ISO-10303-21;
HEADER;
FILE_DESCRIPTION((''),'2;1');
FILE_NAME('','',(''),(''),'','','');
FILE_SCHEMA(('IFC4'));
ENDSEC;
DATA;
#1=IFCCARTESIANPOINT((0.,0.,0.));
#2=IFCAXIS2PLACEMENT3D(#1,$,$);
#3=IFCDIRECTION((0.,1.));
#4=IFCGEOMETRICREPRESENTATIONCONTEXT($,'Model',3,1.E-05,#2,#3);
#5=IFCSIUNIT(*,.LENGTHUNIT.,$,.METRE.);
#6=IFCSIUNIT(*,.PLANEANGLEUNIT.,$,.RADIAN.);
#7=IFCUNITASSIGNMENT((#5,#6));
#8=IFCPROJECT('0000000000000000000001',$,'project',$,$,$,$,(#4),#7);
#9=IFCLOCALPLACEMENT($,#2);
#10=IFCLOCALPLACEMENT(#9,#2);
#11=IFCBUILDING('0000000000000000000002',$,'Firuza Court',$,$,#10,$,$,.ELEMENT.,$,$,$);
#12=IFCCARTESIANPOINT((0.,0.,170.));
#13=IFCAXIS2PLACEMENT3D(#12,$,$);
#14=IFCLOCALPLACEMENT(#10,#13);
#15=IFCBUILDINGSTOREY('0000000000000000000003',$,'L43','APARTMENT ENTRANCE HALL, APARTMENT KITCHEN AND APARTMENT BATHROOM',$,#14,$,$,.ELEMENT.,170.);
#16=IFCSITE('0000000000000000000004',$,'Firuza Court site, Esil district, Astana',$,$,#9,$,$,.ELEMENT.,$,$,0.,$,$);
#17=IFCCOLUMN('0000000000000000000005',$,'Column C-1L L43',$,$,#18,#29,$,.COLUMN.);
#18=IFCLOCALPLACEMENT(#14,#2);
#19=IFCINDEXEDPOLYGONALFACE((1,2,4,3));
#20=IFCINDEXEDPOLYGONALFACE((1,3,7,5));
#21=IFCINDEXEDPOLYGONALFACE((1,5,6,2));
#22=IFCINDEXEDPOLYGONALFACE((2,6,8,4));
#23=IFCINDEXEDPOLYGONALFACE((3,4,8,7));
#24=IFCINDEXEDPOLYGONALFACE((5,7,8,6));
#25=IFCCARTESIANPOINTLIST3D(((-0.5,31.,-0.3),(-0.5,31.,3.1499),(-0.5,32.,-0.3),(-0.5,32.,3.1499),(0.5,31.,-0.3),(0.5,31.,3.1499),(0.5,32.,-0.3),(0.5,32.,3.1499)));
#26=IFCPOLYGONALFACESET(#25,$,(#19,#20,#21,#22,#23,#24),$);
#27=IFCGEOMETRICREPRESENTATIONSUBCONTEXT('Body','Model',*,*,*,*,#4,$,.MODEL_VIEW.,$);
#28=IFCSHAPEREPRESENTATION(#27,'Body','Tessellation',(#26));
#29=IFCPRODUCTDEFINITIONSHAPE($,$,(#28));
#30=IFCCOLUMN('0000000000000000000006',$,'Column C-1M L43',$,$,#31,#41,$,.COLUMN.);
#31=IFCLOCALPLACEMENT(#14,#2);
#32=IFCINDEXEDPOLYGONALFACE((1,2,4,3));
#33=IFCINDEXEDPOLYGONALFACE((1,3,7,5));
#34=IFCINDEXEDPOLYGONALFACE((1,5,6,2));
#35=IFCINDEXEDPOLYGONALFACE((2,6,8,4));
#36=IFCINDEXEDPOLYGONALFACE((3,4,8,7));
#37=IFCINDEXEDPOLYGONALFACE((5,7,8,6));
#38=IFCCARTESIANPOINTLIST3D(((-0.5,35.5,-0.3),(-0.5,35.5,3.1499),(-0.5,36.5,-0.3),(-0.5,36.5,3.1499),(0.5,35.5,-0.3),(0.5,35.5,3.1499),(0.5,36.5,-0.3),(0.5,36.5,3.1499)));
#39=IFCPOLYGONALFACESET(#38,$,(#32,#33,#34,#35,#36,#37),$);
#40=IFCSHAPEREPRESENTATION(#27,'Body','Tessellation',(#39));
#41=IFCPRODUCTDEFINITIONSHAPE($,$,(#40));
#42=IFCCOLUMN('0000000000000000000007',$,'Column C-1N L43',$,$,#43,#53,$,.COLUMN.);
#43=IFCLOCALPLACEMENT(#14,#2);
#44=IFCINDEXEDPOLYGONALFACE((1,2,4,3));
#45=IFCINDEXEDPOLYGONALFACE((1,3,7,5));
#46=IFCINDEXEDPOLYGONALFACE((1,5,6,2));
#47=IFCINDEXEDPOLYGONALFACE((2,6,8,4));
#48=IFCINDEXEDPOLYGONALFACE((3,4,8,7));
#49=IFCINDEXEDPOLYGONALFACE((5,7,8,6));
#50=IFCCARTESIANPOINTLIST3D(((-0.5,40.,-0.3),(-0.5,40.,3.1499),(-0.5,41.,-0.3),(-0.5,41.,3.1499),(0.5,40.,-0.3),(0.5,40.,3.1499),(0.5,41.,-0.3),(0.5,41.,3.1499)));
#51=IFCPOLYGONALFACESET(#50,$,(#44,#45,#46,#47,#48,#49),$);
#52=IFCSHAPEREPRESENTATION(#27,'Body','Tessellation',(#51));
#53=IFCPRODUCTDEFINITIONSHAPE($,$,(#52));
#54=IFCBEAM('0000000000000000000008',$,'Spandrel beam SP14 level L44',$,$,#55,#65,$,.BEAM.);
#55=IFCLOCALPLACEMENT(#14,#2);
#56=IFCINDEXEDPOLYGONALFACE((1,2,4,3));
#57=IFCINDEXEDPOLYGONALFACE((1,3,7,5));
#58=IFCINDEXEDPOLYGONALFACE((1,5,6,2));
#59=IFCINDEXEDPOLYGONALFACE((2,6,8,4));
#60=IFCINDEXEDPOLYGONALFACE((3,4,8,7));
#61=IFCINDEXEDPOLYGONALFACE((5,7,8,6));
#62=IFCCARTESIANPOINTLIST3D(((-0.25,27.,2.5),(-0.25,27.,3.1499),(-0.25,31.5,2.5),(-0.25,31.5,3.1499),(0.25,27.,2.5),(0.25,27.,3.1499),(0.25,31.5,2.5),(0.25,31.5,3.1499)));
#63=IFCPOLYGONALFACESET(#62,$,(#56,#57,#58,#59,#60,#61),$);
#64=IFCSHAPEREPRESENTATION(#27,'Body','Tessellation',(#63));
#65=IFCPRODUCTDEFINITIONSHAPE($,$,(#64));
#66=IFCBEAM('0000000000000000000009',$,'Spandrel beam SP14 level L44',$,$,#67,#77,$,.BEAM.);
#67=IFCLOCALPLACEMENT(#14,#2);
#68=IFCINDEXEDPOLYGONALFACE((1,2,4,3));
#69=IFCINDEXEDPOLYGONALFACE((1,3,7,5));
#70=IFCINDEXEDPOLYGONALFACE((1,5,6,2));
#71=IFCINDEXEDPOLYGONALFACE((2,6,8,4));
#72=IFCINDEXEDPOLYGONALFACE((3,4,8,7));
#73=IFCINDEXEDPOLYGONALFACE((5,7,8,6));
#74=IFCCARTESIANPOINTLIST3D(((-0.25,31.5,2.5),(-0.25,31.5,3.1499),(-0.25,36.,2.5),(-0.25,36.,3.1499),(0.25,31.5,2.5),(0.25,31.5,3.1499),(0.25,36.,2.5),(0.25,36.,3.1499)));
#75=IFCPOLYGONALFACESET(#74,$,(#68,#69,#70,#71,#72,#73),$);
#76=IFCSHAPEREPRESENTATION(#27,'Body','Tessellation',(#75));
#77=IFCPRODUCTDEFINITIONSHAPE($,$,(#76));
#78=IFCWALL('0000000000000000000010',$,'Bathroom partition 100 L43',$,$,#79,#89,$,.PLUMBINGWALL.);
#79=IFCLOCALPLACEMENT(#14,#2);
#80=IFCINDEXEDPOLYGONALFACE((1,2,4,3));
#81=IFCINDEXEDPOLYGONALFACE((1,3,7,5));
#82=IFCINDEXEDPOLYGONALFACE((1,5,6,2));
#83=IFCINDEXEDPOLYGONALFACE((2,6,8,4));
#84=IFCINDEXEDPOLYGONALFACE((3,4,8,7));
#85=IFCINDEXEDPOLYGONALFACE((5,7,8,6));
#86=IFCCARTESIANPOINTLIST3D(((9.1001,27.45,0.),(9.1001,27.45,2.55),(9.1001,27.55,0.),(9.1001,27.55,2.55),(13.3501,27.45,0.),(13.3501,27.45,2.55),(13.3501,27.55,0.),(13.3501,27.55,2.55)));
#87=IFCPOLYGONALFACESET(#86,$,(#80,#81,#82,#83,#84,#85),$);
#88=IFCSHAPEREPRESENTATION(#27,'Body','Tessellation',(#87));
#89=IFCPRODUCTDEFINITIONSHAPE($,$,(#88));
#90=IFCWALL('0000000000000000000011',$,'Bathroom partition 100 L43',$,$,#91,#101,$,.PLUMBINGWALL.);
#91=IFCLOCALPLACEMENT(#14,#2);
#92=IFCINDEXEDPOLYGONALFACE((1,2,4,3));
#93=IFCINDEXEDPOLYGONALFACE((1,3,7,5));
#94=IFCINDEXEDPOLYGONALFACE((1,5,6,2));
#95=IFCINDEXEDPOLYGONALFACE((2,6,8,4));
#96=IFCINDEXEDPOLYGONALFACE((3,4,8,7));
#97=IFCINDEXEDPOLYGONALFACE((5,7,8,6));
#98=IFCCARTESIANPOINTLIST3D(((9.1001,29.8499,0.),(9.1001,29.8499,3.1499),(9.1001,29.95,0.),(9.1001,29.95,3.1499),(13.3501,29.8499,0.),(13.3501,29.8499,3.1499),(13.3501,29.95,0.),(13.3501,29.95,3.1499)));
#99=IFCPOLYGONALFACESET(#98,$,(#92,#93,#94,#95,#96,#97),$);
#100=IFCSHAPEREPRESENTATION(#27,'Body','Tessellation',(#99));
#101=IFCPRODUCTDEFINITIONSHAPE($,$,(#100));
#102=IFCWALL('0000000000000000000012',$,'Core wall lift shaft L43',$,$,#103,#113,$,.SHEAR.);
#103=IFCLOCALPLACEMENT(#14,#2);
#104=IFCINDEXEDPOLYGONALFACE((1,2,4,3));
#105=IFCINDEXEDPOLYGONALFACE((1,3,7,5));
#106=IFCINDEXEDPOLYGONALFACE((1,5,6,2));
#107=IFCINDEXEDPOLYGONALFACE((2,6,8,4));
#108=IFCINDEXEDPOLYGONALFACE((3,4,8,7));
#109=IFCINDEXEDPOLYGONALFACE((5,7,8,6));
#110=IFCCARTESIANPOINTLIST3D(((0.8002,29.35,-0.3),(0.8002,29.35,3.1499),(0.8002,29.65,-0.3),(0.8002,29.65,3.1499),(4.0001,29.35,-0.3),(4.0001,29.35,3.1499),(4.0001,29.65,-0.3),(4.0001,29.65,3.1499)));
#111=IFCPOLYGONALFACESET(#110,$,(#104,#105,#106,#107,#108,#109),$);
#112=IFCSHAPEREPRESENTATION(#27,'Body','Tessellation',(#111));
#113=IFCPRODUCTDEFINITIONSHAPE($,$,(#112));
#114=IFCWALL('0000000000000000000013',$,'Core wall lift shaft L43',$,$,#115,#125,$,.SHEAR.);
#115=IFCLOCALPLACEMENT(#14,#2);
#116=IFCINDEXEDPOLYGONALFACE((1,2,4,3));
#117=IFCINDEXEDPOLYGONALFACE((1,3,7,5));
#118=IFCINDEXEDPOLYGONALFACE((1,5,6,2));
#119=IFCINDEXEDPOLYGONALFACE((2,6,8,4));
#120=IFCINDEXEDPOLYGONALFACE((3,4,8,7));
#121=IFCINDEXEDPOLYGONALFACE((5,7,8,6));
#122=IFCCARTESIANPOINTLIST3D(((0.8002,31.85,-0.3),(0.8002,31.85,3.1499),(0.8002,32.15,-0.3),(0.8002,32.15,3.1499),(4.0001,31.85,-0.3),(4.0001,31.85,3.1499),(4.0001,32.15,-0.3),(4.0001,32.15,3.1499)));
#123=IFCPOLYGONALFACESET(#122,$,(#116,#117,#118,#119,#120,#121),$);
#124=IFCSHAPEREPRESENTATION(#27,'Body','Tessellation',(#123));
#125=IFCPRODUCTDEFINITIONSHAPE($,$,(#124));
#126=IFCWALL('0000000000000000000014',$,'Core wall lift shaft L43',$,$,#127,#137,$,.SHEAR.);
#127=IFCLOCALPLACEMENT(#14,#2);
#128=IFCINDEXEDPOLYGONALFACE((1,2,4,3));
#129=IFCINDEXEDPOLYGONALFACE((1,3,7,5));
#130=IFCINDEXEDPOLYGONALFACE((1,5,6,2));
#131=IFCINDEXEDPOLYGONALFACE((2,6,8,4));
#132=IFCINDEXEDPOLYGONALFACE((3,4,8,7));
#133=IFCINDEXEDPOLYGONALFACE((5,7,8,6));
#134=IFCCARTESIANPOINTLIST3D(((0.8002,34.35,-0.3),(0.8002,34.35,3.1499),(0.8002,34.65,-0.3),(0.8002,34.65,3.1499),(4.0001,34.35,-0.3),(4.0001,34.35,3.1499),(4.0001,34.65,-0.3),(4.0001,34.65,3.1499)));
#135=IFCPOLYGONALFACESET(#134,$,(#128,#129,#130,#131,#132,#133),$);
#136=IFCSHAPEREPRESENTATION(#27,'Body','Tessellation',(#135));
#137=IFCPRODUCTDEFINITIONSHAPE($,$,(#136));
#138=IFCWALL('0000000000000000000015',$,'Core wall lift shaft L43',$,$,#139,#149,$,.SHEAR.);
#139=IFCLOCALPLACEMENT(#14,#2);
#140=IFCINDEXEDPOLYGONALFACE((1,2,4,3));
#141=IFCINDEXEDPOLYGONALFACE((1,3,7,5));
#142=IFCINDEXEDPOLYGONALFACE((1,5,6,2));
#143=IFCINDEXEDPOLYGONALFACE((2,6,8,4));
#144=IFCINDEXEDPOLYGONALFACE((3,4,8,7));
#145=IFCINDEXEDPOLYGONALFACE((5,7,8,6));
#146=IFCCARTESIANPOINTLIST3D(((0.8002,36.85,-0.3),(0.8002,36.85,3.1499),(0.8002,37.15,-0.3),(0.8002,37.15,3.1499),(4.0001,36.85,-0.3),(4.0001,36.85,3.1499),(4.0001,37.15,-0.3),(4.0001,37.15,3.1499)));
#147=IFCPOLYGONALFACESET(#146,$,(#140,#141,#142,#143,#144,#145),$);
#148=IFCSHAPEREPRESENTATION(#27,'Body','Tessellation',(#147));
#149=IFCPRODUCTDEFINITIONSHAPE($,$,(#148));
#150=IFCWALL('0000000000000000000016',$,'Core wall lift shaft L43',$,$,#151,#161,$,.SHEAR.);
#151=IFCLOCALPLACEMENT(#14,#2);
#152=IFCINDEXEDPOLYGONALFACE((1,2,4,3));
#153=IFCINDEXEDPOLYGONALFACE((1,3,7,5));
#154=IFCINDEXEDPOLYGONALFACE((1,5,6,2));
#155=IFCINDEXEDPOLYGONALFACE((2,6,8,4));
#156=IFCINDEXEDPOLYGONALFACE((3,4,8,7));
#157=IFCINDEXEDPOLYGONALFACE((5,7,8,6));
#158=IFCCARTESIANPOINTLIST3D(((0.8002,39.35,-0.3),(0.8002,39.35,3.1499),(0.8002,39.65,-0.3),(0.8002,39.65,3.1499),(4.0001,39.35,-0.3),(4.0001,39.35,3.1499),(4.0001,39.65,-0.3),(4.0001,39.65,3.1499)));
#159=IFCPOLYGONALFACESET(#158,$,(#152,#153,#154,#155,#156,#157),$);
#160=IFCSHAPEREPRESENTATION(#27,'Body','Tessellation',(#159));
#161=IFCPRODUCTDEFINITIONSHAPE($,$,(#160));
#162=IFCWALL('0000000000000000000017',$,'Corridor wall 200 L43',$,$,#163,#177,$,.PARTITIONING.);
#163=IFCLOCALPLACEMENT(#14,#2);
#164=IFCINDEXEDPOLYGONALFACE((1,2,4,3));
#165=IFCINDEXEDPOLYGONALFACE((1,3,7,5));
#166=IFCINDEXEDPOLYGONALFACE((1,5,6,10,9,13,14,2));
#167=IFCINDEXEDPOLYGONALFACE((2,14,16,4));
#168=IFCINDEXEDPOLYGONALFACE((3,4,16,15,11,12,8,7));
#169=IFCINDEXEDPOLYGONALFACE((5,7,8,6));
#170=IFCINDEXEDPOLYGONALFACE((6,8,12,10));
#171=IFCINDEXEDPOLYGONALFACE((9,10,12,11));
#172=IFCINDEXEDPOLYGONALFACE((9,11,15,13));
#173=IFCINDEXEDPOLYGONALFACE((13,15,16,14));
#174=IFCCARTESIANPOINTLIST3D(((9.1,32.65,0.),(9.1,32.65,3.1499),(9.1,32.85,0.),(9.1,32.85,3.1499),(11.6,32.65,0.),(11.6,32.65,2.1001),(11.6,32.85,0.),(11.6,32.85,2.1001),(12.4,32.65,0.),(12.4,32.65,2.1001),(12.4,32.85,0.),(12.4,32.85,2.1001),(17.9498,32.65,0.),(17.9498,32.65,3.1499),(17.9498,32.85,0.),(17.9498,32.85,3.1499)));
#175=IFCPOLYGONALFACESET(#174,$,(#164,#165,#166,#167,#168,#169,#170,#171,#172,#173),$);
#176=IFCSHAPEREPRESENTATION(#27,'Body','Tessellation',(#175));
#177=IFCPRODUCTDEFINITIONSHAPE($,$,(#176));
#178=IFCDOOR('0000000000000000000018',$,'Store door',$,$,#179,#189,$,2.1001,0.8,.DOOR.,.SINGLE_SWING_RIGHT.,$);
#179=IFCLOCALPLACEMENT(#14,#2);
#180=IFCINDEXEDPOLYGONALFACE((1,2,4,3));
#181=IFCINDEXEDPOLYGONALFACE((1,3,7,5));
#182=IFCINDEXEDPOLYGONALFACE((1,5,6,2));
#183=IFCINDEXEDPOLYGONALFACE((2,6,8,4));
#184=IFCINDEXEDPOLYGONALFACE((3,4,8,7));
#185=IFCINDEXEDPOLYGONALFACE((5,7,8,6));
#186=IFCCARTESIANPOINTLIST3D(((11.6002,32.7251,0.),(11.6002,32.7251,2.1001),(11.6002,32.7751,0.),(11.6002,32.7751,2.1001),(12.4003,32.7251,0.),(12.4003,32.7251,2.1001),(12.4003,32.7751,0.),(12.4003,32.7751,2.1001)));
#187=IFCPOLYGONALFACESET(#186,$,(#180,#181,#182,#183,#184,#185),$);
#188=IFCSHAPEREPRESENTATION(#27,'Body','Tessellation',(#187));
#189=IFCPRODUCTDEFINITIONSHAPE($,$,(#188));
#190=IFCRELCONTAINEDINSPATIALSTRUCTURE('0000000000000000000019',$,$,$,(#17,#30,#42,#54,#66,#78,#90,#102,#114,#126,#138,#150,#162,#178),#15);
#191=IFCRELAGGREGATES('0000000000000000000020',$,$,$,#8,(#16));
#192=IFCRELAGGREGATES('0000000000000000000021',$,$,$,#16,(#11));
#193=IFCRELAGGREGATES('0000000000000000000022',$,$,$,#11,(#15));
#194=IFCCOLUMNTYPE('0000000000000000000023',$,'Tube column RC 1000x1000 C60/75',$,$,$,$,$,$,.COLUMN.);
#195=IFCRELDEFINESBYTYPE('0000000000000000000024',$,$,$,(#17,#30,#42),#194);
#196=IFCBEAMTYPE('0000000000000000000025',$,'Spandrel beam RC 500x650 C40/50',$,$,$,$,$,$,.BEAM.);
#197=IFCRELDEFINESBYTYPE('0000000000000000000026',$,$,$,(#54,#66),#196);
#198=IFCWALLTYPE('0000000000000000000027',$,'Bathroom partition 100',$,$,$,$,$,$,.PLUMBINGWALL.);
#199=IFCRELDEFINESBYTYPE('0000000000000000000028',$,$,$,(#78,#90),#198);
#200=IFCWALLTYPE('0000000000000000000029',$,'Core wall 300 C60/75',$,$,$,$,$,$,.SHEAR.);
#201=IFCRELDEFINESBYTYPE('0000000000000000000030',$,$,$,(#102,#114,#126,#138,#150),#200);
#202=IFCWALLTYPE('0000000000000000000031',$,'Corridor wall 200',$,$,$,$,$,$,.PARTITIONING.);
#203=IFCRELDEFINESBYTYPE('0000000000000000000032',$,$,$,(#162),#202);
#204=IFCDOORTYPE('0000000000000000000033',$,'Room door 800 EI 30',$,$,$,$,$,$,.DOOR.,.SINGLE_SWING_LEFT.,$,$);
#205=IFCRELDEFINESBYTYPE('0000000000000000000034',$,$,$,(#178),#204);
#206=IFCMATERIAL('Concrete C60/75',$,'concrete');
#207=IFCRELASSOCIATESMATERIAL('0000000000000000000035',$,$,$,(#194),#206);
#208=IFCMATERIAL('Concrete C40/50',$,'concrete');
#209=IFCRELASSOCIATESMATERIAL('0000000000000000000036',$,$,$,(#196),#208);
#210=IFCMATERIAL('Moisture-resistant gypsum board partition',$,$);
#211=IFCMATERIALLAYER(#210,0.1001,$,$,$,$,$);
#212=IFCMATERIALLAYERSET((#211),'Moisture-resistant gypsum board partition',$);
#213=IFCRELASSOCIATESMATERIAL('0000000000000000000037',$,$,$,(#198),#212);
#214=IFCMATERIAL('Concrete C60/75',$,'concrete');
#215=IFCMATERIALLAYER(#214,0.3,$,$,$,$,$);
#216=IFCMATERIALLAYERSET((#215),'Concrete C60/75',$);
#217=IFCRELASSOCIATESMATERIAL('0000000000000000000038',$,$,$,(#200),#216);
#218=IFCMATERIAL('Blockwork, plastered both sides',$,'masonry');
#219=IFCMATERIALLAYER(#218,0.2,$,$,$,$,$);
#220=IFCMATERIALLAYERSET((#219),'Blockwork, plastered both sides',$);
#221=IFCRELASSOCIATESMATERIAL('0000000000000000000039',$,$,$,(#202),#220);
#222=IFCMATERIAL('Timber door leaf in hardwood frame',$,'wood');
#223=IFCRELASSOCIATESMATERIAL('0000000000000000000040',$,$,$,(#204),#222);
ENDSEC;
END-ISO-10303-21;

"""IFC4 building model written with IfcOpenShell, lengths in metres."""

from ifc_helpers import new_model, si_unit, direction, frame, frame_2d, origin, origin_2d, place, context, subcontext, project, spatial, rectangle, extrude, material, layer, layer_set, material_profile, profile_set, type_object, element, fill, save


model = new_model("IFC4")

# Units and contexts
model_context = context("Model", 3, precision=1e-05, world=origin(), true_north=direction((0.0, 1.0)))
body_context = subcontext(model_context, "Body", "Model", "MODEL_VIEW")
ifc_project = project(units=[si_unit("LENGTHUNIT", "METRE"), si_unit("PLANEANGLEUNIT", "RADIAN")], contexts=[model_context])

# Site, building, storey
site_placement = place(None, origin())
site = spatial("IfcSite", under=ifc_project, at=site_placement, Name="Firuza Court site, Esil district, Astana", CompositionType="ELEMENT", RefElevation=0.0)
building_placement = place(site_placement, origin())
building = spatial("IfcBuilding", under=site, at=building_placement, Name="Firuza Court", CompositionType="ELEMENT")
storey_placement = place(building_placement, frame((0.0, 0.0, 170.0)))
storey = spatial("IfcBuildingStorey", under=building, at=storey_placement, Name="L43", Description="APARTMENT ENTRANCE HALL, APARTMENT KITCHEN AND APARTMENT BATHROOM", CompositionType="ELEMENT", Elevation=170.0)

# Columns
ifc_material_1 = material(Name="Concrete C60/75", Category="concrete")
ifc_material_profile_1 = material_profile(ifc_material_1, rectangle(XDim=1.0, YDim=1.0, at=origin_2d()), Name="RC 1000x1000")
ifc_profile_set_1 = profile_set([ifc_material_profile_1], Name="Concrete C60/75")
column_type = type_object("IfcColumnType", Name="Tube column RC 1000x1000 C60/75", PredefinedType="COLUMN", material=ifc_profile_set_1)
for number, where, z_axis, x_axis, name in (
    (1, (0.0, 31.5, -0.3), (0.0, 0.0, 1.0), (1.0, 0.0, 0.0), "Column C-1L L43"),
    (2, (0.0, 36.0, -0.3), (0.0, 0.0, 1.0), (1.0, 0.0, 0.0), "Column C-1M L43"),
    (3, (0.0, 40.5, -0.3), (0.0, 0.0, 1.0), (1.0, 0.0, 0.0), "Column C-1N L43"),
):
    element("IfcColumn", number, at=place(storey_placement, frame(where, z_axis=z_axis, x_axis=x_axis)), inside=storey, type_object=column_type, Name=name, PredefinedType="COLUMN", context=body_context, shape_type="SweptSolid", body=[
        extrude(rectangle(XDim=1.0, YDim=1.0, at=origin_2d()), origin(), (0.0, 0.0, 1.0), 3.45),
    ])

# Beams
ifc_material_2 = material(Name="Concrete C40/50", Category="concrete")
ifc_material_profile_2 = material_profile(ifc_material_2, rectangle(XDim=0.5, YDim=0.6499, at=origin_2d()), Name="RC 500x650")
ifc_profile_set_2 = profile_set([ifc_material_profile_2], Name="Concrete C40/50")
beam_type = type_object("IfcBeamType", Name="Spandrel beam RC 500x650 C40/50", PredefinedType="BEAM", material=ifc_profile_set_2)
for number, where, z_axis, x_axis, name in (
    (4, (0.0, 31.5, 2.825), (0.0, -1.0, 0.0), (1.0, 0.0, 0.0), "Spandrel beam SP14 level L44"),
    (5, (0.0, 36.0, 2.825), (0.0, -1.0, 0.0), (1.0, 0.0, 0.0), "Spandrel beam SP14 level L44"),
):
    element("IfcBeam", number, at=place(storey_placement, frame(where, z_axis=z_axis, x_axis=x_axis)), inside=storey, type_object=beam_type, Name=name, PredefinedType="BEAM", context=body_context, shape_type="SweptSolid", body=[
        extrude(rectangle(XDim=0.5, YDim=0.6499, at=origin_2d()), origin(), (0.0, 0.0, 1.0), 4.5),
    ])

# Walls
ifc_material_3 = material(Name="Moisture-resistant gypsum board partition")
ifc_layer_1 = layer(ifc_material_3, 0.1001)
ifc_layer_set_1 = layer_set([ifc_layer_1], Name="Moisture-resistant gypsum board partition")
wall_type_1 = type_object("IfcWallType", Name="Bathroom partition 100", PredefinedType="PLUMBINGWALL", material=ifc_layer_set_1)
wall_1_placement = place(storey_placement, frame((9.1001, 27.5, 0.0), z_axis=(0.0, 0.0, 1.0), x_axis=(1.0, 0.0, 0.0)))
element("IfcWall", 6, at=wall_1_placement, inside=storey, type_object=wall_type_1, Name="Bathroom partition 100 L43", PredefinedType="PLUMBINGWALL", context=body_context, shape_type="SweptSolid", body=[
    extrude(rectangle(XDim=4.25, YDim=0.1001, at=frame_2d((2.125, 0.0))), origin(), (0.0, 0.0, 1.0), 2.55),
])
wall_2_placement = place(storey_placement, frame((9.1001, 29.8999, 0.0), z_axis=(0.0, 0.0, 1.0), x_axis=(1.0, 0.0, 0.0)))
element("IfcWall", 7, at=wall_2_placement, inside=storey, type_object=wall_type_1, Name="Bathroom partition 100 L43", PredefinedType="PLUMBINGWALL", context=body_context, shape_type="SweptSolid", body=[
    extrude(rectangle(XDim=4.25, YDim=0.1001, at=frame_2d((2.125, 0.0))), origin(), (0.0, 0.0, 1.0), 3.1499),
])
ifc_material_4 = material(Name="Concrete C60/75", Category="concrete")
ifc_layer_2 = layer(ifc_material_4, 0.3)
ifc_layer_set_2 = layer_set([ifc_layer_2], Name="Concrete C60/75")
wall_type_2 = type_object("IfcWallType", Name="Core wall 300 C60/75", PredefinedType="SHEAR", material=ifc_layer_set_2)
for number, where, z_axis, x_axis, name in (
    (8, (0.8, 29.5, -0.3), (0.0, 0.0, 1.0), (1.0, 0.0, 0.0), "Core wall lift shaft L43"),
    (9, (0.8, 32.0, -0.3), (0.0, 0.0, 1.0), (1.0, 0.0, 0.0), "Core wall lift shaft L43"),
    (10, (0.8, 34.5, -0.3), (0.0, 0.0, 1.0), (1.0, 0.0, 0.0), "Core wall lift shaft L43"),
    (11, (0.8, 37.0, -0.3), (0.0, 0.0, 1.0), (1.0, 0.0, 0.0), "Core wall lift shaft L43"),
    (12, (0.8, 39.5, -0.3), (0.0, 0.0, 1.0), (1.0, 0.0, 0.0), "Core wall lift shaft L43"),
):
    element("IfcWall", number, at=place(storey_placement, frame(where, z_axis=z_axis, x_axis=x_axis)), inside=storey, type_object=wall_type_2, Name=name, PredefinedType="SHEAR", context=body_context, shape_type="SweptSolid", body=[
        extrude(rectangle(XDim=3.2, YDim=0.3, at=frame_2d((1.6001, 0.0))), origin(), (0.0, 0.0, 1.0), 3.45),
    ])

# Wall, opening, door
ifc_material_5 = material(Name="Blockwork, plastered both sides", Category="masonry")
ifc_layer_3 = layer(ifc_material_5, 0.2)
ifc_layer_set_3 = layer_set([ifc_layer_3], Name="Blockwork, plastered both sides")
wall_type_3 = type_object("IfcWallType", Name="Corridor wall 200", PredefinedType="PARTITIONING", material=ifc_layer_set_3)
wall_3_placement = place(storey_placement, frame((9.1001, 32.75, 0.0), z_axis=(0.0, 0.0, 1.0), x_axis=(1.0, 0.0, 0.0)))
wall_3 = element("IfcWall", 13, at=wall_3_placement, inside=storey, type_object=wall_type_3, Name="Corridor wall 200 L43", PredefinedType="PARTITIONING", context=body_context, shape_type="SweptSolid", body=[
    extrude(rectangle(XDim=8.8499, YDim=0.2, at=frame_2d((4.4248, 0.0))), origin(), (0.0, 0.0, 1.0), 3.1499),
])
opening_1_placement = place(wall_3_placement, frame((2.5, 0.0, 0.0)))
opening_1 = element("IfcOpeningElement", 14, at=opening_1_placement, cuts=wall_3, PredefinedType="OPENING", context=body_context, shape_type="SweptSolid", body=[
    extrude(rectangle(XDim=0.8, YDim=2.1001, at=frame_2d((0.3999, 1.05))), frame((0.0, 0.1118, 0.0), z_axis=(0.0, -1.0, 0.0), x_axis=(1.0, 0.0, 0.0)), (0.0, 0.0, 1.0), 0.2239),
])
ifc_material_6 = material(Name="Timber door leaf in hardwood frame", Category="wood")
door_type_1 = type_object("IfcDoorType", Name="Room door 800 EI 30", OperationType="SINGLE_SWING_LEFT", PredefinedType="DOOR", material=ifc_material_6)
door_1_placement = place(opening_1_placement, frame((0.8, 0.0, 0.0), z_axis=(0.0, 0.0, 1.0), x_axis=(-1.0, 0.0, 0.0)))
door_1 = element("IfcDoor", 15, at=door_1_placement, inside=storey, type_object=door_type_1, Name="Store door", OperationType="SINGLE_SWING_RIGHT", OverallHeight=2.1001, OverallWidth=0.8, PredefinedType="DOOR", context=body_context, shape_type="SweptSolid", body=[
    extrude(rectangle(XDim=0.8, YDim=2.1001, at=frame_2d((0.3999, 1.05))), frame((0.0, 0.0249, 0.0), z_axis=(0.0, -1.0, 0.0), x_axis=(1.0, 0.0, 0.0)), (0.0, 0.0, 1.0), 0.05),
])
fill(opening_1, door_1)

save(model, "model.ifc")
